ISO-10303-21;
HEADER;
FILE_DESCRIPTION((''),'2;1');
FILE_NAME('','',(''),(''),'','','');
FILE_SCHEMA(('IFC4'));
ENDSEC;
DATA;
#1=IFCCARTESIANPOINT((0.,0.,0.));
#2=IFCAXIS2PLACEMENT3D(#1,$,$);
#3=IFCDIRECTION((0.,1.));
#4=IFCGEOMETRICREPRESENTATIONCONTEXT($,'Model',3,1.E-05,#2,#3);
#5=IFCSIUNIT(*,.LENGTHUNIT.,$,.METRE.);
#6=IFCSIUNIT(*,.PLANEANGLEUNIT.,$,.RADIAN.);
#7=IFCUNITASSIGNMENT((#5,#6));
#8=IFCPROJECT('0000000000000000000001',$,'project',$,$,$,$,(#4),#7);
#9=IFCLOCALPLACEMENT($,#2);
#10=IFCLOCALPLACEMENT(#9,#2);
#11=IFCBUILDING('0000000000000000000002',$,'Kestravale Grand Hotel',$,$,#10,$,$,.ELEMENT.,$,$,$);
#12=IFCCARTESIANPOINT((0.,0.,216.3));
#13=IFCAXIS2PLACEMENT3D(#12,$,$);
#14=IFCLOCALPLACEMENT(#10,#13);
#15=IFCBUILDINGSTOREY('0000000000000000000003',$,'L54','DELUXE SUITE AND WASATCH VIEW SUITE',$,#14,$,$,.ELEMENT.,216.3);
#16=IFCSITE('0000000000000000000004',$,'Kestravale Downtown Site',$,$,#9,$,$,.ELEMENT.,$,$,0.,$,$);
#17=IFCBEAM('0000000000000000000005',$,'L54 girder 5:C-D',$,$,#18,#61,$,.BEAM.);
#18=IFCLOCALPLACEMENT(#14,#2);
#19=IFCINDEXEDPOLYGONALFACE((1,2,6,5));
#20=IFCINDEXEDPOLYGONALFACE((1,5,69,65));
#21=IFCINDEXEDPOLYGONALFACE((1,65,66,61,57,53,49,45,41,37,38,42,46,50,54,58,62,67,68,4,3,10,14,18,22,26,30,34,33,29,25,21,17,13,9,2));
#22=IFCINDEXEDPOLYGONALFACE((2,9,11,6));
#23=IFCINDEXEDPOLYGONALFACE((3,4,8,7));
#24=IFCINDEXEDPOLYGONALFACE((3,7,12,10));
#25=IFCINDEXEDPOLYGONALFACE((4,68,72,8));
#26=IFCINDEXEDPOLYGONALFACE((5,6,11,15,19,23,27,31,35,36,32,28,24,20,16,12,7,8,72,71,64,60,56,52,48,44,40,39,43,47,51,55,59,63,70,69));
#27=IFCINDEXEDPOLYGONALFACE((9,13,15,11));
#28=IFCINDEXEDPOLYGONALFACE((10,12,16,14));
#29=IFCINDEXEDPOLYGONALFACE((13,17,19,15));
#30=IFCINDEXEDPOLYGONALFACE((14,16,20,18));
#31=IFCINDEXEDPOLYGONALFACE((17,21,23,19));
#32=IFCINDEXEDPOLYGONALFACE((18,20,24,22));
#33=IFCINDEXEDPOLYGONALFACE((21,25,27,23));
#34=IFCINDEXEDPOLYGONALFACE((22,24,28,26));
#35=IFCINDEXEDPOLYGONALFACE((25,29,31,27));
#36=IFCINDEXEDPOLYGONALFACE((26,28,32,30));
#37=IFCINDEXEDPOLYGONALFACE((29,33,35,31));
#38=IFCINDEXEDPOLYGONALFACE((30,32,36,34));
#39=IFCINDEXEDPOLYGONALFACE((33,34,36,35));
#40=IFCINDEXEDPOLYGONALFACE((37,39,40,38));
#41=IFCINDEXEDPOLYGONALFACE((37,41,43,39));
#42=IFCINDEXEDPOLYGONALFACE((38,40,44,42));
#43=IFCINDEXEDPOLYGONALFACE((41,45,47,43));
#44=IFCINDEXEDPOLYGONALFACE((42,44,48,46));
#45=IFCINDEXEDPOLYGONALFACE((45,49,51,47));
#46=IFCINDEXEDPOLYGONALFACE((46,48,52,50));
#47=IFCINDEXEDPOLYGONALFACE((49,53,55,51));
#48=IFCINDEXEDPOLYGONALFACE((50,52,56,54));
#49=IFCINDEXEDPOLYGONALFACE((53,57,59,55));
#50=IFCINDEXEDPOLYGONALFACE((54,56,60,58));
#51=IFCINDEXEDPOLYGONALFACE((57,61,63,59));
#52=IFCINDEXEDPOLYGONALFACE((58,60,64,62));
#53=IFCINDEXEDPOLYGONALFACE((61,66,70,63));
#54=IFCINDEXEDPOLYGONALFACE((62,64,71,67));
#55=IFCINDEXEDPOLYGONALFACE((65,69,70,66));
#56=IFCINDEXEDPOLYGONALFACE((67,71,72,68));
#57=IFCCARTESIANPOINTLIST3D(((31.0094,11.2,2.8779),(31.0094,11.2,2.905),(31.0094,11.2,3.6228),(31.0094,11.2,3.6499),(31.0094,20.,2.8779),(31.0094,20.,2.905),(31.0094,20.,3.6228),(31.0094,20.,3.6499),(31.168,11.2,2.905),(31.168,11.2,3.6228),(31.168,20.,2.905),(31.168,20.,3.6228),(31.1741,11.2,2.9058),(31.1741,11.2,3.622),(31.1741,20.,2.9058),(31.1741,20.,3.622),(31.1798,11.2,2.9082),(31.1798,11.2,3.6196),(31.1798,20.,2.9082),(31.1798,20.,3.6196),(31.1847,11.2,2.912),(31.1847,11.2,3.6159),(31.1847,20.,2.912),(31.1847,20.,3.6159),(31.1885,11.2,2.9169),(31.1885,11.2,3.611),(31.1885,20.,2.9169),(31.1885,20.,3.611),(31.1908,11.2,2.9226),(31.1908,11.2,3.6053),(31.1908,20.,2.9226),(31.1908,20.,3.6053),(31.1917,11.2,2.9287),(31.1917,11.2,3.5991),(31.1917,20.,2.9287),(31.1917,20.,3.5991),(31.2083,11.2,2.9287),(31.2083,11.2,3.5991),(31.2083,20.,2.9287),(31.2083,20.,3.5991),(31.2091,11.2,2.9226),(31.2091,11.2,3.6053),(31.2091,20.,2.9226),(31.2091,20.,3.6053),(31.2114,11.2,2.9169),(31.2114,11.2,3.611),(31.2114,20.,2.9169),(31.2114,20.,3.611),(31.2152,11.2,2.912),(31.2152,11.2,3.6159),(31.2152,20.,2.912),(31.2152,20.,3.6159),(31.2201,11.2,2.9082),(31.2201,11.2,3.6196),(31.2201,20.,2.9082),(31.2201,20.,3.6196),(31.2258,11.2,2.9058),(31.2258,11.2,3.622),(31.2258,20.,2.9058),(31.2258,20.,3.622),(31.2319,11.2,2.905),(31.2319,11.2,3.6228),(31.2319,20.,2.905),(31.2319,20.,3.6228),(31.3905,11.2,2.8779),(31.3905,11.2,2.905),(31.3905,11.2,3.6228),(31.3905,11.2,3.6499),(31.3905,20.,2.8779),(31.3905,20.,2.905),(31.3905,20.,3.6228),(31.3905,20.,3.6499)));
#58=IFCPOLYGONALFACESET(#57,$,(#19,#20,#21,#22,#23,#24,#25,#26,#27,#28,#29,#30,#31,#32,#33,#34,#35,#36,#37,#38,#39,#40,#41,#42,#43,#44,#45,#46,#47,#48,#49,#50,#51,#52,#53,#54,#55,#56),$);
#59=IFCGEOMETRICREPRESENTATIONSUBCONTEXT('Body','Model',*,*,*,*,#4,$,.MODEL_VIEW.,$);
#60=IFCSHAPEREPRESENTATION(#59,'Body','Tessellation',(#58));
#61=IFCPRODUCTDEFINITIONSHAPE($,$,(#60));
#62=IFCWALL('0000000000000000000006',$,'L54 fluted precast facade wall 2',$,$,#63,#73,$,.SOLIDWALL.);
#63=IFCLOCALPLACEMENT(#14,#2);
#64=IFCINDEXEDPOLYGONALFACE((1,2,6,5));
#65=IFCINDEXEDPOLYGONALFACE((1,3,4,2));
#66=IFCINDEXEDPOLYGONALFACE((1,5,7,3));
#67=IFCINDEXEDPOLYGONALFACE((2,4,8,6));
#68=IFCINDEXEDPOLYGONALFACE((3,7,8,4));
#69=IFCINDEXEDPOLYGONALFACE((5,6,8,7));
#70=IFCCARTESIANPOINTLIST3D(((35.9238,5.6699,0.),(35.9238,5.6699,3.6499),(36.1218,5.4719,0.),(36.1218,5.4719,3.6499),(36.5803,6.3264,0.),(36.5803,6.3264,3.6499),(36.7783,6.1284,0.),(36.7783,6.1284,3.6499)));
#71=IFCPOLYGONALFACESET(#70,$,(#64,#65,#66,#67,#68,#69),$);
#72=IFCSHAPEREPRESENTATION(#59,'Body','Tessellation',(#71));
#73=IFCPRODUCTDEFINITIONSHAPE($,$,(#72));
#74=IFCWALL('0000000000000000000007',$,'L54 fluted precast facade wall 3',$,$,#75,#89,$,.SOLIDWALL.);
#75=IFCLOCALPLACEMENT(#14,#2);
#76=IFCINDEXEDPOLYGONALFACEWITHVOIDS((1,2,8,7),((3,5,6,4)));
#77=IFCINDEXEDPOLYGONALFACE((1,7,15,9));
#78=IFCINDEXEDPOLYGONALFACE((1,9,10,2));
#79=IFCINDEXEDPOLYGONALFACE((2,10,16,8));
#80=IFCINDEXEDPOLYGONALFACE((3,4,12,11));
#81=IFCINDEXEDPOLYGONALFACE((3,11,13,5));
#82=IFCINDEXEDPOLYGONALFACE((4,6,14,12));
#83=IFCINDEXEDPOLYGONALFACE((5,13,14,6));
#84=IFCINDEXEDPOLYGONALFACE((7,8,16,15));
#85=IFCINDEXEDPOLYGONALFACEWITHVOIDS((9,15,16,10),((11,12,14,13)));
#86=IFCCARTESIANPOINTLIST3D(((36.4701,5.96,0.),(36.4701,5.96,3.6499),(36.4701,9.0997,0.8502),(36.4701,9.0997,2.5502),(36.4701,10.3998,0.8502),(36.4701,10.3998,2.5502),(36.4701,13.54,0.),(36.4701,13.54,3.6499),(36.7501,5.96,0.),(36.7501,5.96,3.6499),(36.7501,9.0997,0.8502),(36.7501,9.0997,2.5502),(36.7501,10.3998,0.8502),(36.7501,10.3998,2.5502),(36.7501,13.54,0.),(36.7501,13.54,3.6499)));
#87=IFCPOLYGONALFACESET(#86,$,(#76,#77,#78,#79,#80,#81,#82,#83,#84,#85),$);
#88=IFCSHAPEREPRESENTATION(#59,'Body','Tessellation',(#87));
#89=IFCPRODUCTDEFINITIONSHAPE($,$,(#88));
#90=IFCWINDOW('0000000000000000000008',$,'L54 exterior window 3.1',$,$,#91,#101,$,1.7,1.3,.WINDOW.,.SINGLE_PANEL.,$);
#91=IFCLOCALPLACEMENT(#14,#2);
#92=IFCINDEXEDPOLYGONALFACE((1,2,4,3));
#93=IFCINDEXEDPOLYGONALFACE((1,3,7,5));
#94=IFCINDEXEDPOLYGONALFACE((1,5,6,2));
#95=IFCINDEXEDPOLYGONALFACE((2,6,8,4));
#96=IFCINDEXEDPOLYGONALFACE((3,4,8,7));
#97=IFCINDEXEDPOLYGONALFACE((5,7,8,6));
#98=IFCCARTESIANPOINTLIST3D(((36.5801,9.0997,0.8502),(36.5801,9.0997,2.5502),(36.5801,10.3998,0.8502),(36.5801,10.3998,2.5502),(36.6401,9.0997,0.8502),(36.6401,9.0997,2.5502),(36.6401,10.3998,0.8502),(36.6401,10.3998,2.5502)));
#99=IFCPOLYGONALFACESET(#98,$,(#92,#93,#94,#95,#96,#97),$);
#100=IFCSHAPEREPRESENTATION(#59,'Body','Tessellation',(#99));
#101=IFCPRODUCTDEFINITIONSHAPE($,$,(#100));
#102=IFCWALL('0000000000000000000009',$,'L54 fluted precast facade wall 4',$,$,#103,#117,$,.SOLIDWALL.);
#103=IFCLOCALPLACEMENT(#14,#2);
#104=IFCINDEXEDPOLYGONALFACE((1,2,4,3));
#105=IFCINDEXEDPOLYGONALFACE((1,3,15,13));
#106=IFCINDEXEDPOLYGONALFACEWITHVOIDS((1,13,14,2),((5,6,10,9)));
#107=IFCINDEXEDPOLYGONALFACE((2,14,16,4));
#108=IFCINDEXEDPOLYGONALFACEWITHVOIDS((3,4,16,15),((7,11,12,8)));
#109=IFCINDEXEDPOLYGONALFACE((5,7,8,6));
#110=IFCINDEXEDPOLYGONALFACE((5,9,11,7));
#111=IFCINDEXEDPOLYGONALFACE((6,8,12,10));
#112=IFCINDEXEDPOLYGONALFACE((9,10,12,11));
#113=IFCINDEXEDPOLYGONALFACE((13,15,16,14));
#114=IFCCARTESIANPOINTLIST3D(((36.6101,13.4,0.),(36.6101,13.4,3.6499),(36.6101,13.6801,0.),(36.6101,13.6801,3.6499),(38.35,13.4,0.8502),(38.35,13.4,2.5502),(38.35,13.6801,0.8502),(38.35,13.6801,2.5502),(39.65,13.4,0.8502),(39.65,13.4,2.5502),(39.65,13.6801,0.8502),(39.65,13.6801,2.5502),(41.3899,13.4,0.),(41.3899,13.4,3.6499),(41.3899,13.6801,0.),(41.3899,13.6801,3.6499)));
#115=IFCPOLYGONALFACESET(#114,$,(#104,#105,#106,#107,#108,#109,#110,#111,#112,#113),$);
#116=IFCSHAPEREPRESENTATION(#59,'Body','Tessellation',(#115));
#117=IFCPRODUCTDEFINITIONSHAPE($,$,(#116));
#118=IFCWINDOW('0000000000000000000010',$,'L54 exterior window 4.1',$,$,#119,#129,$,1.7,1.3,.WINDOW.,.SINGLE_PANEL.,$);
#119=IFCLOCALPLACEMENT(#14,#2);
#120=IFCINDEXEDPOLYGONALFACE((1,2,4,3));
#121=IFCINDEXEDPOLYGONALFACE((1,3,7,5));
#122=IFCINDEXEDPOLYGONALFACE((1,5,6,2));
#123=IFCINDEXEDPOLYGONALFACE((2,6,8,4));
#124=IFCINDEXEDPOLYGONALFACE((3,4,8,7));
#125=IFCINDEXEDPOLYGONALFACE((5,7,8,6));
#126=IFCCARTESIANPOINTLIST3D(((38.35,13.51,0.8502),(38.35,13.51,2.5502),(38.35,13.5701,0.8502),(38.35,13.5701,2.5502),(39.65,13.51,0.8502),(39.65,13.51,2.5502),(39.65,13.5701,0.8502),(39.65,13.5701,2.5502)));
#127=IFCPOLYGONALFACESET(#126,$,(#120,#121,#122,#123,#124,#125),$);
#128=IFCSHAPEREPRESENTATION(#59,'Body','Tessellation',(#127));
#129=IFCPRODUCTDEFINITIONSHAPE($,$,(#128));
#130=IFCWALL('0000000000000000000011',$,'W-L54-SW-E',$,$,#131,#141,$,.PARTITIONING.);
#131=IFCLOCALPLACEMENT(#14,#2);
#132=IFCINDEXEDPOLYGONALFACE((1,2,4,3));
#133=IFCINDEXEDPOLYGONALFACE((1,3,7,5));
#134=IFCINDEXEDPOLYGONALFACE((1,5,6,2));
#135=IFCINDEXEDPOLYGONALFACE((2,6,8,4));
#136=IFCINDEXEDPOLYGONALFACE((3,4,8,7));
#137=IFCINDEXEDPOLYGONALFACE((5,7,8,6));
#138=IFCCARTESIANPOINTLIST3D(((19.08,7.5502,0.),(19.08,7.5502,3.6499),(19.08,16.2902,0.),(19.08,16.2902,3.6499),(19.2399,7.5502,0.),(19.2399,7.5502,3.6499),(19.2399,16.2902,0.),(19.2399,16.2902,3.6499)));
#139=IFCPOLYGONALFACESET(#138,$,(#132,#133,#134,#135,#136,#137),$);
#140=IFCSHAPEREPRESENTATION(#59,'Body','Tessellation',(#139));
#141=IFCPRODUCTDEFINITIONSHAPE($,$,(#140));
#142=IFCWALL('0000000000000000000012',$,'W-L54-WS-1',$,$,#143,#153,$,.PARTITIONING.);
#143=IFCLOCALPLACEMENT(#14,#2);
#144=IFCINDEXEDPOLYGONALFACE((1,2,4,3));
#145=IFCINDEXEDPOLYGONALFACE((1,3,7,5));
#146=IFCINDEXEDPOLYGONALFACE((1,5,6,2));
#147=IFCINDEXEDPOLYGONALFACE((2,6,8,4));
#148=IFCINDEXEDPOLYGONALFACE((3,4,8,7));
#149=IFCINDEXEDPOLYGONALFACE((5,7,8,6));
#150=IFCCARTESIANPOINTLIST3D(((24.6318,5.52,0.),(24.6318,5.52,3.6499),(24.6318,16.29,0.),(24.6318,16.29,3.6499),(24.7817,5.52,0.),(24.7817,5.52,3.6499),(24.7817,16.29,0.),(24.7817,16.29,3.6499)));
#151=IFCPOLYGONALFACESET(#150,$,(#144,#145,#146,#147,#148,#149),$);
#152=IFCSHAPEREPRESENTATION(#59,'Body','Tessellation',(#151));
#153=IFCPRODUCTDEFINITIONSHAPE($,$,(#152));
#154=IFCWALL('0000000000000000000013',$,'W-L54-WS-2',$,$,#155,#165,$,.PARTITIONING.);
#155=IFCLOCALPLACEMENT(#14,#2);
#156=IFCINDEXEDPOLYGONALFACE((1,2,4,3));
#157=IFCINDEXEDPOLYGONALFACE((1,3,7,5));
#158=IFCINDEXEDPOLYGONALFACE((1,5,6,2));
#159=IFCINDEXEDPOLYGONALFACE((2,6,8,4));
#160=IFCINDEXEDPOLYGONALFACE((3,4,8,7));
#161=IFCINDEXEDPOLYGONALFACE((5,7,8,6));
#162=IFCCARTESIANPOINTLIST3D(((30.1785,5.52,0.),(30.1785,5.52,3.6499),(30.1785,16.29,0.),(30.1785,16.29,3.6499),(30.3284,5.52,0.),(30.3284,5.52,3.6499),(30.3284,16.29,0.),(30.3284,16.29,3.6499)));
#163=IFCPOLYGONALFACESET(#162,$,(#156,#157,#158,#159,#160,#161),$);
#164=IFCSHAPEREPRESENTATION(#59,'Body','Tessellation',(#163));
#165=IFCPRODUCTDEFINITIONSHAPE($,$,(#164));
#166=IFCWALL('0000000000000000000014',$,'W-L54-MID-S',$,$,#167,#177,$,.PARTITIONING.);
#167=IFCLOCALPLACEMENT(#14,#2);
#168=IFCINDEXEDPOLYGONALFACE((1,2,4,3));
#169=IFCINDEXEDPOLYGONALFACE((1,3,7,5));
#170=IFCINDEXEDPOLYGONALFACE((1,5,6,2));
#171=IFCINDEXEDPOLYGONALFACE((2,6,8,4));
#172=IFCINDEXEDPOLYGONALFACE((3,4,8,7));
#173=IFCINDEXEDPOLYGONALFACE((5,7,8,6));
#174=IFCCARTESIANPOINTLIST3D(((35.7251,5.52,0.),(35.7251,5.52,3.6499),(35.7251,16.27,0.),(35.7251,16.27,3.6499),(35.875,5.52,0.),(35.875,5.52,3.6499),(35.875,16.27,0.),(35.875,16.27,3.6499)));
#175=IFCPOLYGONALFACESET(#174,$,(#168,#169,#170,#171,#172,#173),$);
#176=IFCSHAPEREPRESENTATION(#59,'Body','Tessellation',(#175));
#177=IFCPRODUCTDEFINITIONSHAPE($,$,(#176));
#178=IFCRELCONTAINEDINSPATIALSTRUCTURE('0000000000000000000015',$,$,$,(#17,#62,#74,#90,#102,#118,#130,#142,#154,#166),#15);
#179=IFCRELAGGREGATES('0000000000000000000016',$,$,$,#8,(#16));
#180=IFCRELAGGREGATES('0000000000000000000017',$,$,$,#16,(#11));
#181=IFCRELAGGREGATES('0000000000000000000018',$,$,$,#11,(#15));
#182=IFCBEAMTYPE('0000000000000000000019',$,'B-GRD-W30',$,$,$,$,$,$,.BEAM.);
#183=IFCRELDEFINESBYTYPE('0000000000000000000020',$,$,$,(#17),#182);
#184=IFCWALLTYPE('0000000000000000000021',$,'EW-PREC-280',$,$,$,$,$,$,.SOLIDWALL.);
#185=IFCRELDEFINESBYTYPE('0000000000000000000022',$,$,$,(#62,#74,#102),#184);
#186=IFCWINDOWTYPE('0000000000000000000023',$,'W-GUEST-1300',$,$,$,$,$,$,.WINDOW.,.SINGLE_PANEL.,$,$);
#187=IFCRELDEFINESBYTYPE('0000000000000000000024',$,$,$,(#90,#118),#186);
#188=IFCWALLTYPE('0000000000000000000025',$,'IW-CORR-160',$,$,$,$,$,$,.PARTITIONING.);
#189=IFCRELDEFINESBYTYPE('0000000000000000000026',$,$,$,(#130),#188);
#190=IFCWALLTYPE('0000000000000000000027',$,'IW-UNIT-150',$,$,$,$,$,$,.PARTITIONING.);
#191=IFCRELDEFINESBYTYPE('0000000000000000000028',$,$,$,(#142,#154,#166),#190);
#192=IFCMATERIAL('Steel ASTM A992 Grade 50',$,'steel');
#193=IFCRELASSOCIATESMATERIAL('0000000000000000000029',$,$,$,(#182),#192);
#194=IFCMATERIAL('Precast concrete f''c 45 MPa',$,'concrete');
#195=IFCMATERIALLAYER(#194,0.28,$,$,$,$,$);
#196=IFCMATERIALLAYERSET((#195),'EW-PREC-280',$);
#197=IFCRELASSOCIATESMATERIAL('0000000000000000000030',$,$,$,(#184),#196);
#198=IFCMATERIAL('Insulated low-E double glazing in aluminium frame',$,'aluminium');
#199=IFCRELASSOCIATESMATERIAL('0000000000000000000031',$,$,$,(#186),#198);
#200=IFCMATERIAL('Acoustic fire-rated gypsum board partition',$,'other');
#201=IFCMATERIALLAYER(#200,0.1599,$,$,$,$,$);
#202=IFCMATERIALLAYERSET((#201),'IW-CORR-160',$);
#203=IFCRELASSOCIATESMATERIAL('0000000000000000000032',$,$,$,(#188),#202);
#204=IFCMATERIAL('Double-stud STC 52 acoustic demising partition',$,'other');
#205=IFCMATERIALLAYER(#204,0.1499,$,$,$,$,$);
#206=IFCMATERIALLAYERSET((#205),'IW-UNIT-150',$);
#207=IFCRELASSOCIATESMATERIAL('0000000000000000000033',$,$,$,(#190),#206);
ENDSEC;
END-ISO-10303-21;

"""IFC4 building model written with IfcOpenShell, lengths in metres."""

from ifc_helpers import new_model, si_unit, direction, frame, frame_2d, origin, origin_2d, place, context, subcontext, project, spatial, rectangle, i_section, extrude, material, layer, layer_set, material_profile, profile_set, type_object, element, fill, save


model = new_model("IFC4")

# Units and contexts
model_context = context("Model", 3, precision=1e-05, world=origin(), true_north=direction((0.0, 1.0)))
body_context = subcontext(model_context, "Body", "Model", "MODEL_VIEW")
ifc_project = project(units=[si_unit("LENGTHUNIT", "METRE"), si_unit("PLANEANGLEUNIT", "RADIAN")], contexts=[model_context])

# Site, building, storey
site_placement = place(None, origin())
site = spatial("IfcSite", under=ifc_project, at=site_placement, Name="Kestravale Downtown Site", CompositionType="ELEMENT", RefElevation=0.0)
building_placement = place(site_placement, origin())
building = spatial("IfcBuilding", under=site, at=building_placement, Name="Kestravale Grand Hotel", CompositionType="ELEMENT")
storey_placement = place(building_placement, frame((0.0, 0.0, 216.3)))
storey = spatial("IfcBuildingStorey", under=building, at=storey_placement, Name="L54", Description="DELUXE SUITE AND WASATCH VIEW SUITE", CompositionType="ELEMENT", Elevation=216.3)

# Beam
ifc_material_1 = material(Name="Steel ASTM A992 Grade 50", Category="steel")
ifc_material_profile_1 = material_profile(ifc_material_1, i_section(OverallWidth=0.3811, OverallDepth=0.772, WebThickness=0.0166, FlangeThickness=0.0271, FilletRadius=0.0237, at=origin_2d()))
ifc_profile_set_1 = profile_set([ifc_material_profile_1], Name="Steel ASTM A992 Grade 50")
beam_type_1 = type_object("IfcBeamType", Name="B-GRD-W30", PredefinedType="BEAM", material=ifc_profile_set_1)
for number, where, z_axis, x_axis, name in (
    (1, (31.2, 11.2, 3.2639), (0.0, 1.0, 0.0), (-1.0, 0.0, 0.0), "L54 girder 5:C-D"),
):
    element("IfcBeam", number, at=place(storey_placement, frame(where, z_axis=z_axis, x_axis=x_axis)), inside=storey, type_object=beam_type_1, Name=name, PredefinedType="BEAM", context=body_context, shape_type="SweptSolid", body=[
        extrude(i_section(OverallWidth=0.3811, OverallDepth=0.772, WebThickness=0.0166, FlangeThickness=0.0271, FilletRadius=0.0237, at=origin_2d()), origin(), (0.0, 0.0, 1.0), 8.8),
    ])

# Wall
ifc_material_2 = material(Name="Precast concrete f'c 45 MPa", Category="concrete")
ifc_layer_1 = layer(ifc_material_2, 0.28)
ifc_layer_set_1 = layer_set([ifc_layer_1], Name="EW-PREC-280")
wall_type_1 = type_object("IfcWallType", Name="EW-PREC-280", PredefinedType="SOLIDWALL", material=ifc_layer_set_1)
wall_1_placement = place(storey_placement, frame((36.0227, 5.5708, 0.0), z_axis=(0.0, 0.0, 1.0), x_axis=(0.707107, 0.707107, 0.0)))
element("IfcWall", 2, at=wall_1_placement, inside=storey, type_object=wall_type_1, Name="L54 fluted precast facade wall 2", PredefinedType="SOLIDWALL", context=body_context, shape_type="SweptSolid", body=[
    extrude(rectangle(XDim=0.9285, YDim=0.28, at=frame_2d((0.4644, 0.0))), origin(), (0.0, 0.0, 1.0), 3.6499),
])

# Walls, openings, windows
wall_2_placement = place(storey_placement, frame((36.6101, 5.96, 0.0), z_axis=(0.0, 0.0, 1.0), x_axis=(0.0, 1.0, 0.0)))
wall_2 = element("IfcWall", 3, at=wall_2_placement, inside=storey, type_object=wall_type_1, Name="L54 fluted precast facade wall 3", PredefinedType="SOLIDWALL", context=body_context, shape_type="SweptSolid", body=[
    extrude(rectangle(XDim=7.5801, YDim=0.28, at=frame_2d((3.79, 0.0))), origin(), (0.0, 0.0, 1.0), 3.6499),
])
opening_1_placement = place(wall_2_placement, frame((3.1399, 0.0, 0.8501)))
opening_1 = element("IfcOpeningElement", 4, at=opening_1_placement, cuts=wall_2, PredefinedType="OPENING", context=body_context, shape_type="SweptSolid", body=[
    extrude(rectangle(XDim=1.3, YDim=1.7, at=frame_2d((0.6499, 0.8501))), frame((0.0, 0.1499, 0.0), z_axis=(0.0, -1.0, 0.0), x_axis=(1.0, 0.0, 0.0)), (0.0, 0.0, 1.0), 0.3),
])
ifc_material_3 = material(Name="Insulated low-E double glazing in aluminium frame", Category="aluminium")
window_type = type_object("IfcWindowType", Name="W-GUEST-1300", PartitioningType="SINGLE_PANEL", PredefinedType="WINDOW", material=ifc_material_3)
window_1_placement = place(opening_1_placement, origin())
window_1 = element("IfcWindow", 5, at=window_1_placement, inside=storey, type_object=window_type, Name="L54 exterior window 3.1", OverallHeight=1.7, OverallWidth=1.3, PartitioningType="SINGLE_PANEL", PredefinedType="WINDOW", context=body_context, shape_type="SweptSolid", body=[
    extrude(rectangle(XDim=1.3, YDim=1.7, at=frame_2d((0.6499, 0.8501))), frame((0.0, 0.03, 0.0), z_axis=(0.0, -1.0, 0.0), x_axis=(1.0, 0.0, 0.0)), (0.0, 0.0, 1.0), 0.0601),
])
fill(opening_1, window_1)
wall_3_placement = place(storey_placement, frame((36.6101, 13.54, 0.0), z_axis=(0.0, 0.0, 1.0), x_axis=(1.0, 0.0, 0.0)))
wall_3 = element("IfcWall", 6, at=wall_3_placement, inside=storey, type_object=wall_type_1, Name="L54 fluted precast facade wall 4", PredefinedType="SOLIDWALL", context=body_context, shape_type="SweptSolid", body=[
    extrude(rectangle(XDim=4.7798, YDim=0.28, at=frame_2d((2.3899, 0.0))), origin(), (0.0, 0.0, 1.0), 3.6499),
])
opening_2_placement = place(wall_3_placement, frame((1.74, 0.0, 0.8501)))
opening_2 = element("IfcOpeningElement", 7, at=opening_2_placement, cuts=wall_3, PredefinedType="OPENING", context=body_context, shape_type="SweptSolid", body=[
    extrude(rectangle(XDim=1.3, YDim=1.7, at=frame_2d((0.6499, 0.8501))), frame((0.0, 0.1499, 0.0), z_axis=(0.0, -1.0, 0.0), x_axis=(1.0, 0.0, 0.0)), (0.0, 0.0, 1.0), 0.3),
])
window_2_placement = place(opening_2_placement, origin())
window_2 = element("IfcWindow", 8, at=window_2_placement, inside=storey, type_object=window_type, Name="L54 exterior window 4.1", OverallHeight=1.7, OverallWidth=1.3, PartitioningType="SINGLE_PANEL", PredefinedType="WINDOW", context=body_context, shape_type="SweptSolid", body=[
    extrude(rectangle(XDim=1.3, YDim=1.7, at=frame_2d((0.6499, 0.8501))), frame((0.0, 0.03, 0.0), z_axis=(0.0, -1.0, 0.0), x_axis=(1.0, 0.0, 0.0)), (0.0, 0.0, 1.0), 0.0601),
])
fill(opening_2, window_2)

# Walls
ifc_material_4 = material(Name="Acoustic fire-rated gypsum board partition", Category="other")
ifc_layer_2 = layer(ifc_material_4, 0.1599)
ifc_layer_set_2 = layer_set([ifc_layer_2], Name="IW-CORR-160")
wall_type_2 = type_object("IfcWallType", Name="IW-CORR-160", PredefinedType="PARTITIONING", material=ifc_layer_set_2)
wall_4_placement = place(storey_placement, frame((19.1599, 7.55, 0.0), z_axis=(0.0, 0.0, 1.0), x_axis=(0.0, 1.0, 0.0)))
element("IfcWall", 9, at=wall_4_placement, inside=storey, type_object=wall_type_2, Name="W-L54-SW-E", PredefinedType="PARTITIONING", context=body_context, shape_type="SweptSolid", body=[
    extrude(rectangle(XDim=8.74, YDim=0.1599, at=frame_2d((4.3701, 0.0))), origin(), (0.0, 0.0, 1.0), 3.6499),
])
ifc_material_5 = material(Name="Double-stud STC 52 acoustic demising partition", Category="other")
ifc_layer_3 = layer(ifc_material_5, 0.1499)
ifc_layer_set_3 = layer_set([ifc_layer_3], Name="IW-UNIT-150")
wall_type_3 = type_object("IfcWallType", Name="IW-UNIT-150", PredefinedType="PARTITIONING", material=ifc_layer_set_3)
for number, where, z_axis, x_axis, name in (
    (10, (24.7068, 5.52, 0.0), (0.0, 0.0, 1.0), (0.0, 1.0, 0.0), "W-L54-WS-1"),
    (11, (30.2534, 5.52, 0.0), (0.0, 0.0, 1.0), (0.0, 1.0, 0.0), "W-L54-WS-2"),
):
    element("IfcWall", number, at=place(storey_placement, frame(where, z_axis=z_axis, x_axis=x_axis)), inside=storey, type_object=wall_type_3, Name=name, PredefinedType="PARTITIONING", context=body_context, shape_type="SweptSolid", body=[
        extrude(rectangle(XDim=10.77, YDim=0.1499, at=frame_2d((5.385, 0.0))), origin(), (0.0, 0.0, 1.0), 3.6499),
    ])
wall_5_placement = place(storey_placement, frame((35.8, 5.52, 0.0), z_axis=(0.0, 0.0, 1.0), x_axis=(0.0, 1.0, 0.0)))
element("IfcWall", 12, at=wall_5_placement, inside=storey, type_object=wall_type_3, Name="W-L54-MID-S", PredefinedType="PARTITIONING", context=body_context, shape_type="SweptSolid", body=[
    extrude(rectangle(XDim=10.75, YDim=0.1499, at=frame_2d((5.375, 0.0))), origin(), (0.0, 0.0, 1.0), 3.6499),
])

save(model, "model.ifc")
